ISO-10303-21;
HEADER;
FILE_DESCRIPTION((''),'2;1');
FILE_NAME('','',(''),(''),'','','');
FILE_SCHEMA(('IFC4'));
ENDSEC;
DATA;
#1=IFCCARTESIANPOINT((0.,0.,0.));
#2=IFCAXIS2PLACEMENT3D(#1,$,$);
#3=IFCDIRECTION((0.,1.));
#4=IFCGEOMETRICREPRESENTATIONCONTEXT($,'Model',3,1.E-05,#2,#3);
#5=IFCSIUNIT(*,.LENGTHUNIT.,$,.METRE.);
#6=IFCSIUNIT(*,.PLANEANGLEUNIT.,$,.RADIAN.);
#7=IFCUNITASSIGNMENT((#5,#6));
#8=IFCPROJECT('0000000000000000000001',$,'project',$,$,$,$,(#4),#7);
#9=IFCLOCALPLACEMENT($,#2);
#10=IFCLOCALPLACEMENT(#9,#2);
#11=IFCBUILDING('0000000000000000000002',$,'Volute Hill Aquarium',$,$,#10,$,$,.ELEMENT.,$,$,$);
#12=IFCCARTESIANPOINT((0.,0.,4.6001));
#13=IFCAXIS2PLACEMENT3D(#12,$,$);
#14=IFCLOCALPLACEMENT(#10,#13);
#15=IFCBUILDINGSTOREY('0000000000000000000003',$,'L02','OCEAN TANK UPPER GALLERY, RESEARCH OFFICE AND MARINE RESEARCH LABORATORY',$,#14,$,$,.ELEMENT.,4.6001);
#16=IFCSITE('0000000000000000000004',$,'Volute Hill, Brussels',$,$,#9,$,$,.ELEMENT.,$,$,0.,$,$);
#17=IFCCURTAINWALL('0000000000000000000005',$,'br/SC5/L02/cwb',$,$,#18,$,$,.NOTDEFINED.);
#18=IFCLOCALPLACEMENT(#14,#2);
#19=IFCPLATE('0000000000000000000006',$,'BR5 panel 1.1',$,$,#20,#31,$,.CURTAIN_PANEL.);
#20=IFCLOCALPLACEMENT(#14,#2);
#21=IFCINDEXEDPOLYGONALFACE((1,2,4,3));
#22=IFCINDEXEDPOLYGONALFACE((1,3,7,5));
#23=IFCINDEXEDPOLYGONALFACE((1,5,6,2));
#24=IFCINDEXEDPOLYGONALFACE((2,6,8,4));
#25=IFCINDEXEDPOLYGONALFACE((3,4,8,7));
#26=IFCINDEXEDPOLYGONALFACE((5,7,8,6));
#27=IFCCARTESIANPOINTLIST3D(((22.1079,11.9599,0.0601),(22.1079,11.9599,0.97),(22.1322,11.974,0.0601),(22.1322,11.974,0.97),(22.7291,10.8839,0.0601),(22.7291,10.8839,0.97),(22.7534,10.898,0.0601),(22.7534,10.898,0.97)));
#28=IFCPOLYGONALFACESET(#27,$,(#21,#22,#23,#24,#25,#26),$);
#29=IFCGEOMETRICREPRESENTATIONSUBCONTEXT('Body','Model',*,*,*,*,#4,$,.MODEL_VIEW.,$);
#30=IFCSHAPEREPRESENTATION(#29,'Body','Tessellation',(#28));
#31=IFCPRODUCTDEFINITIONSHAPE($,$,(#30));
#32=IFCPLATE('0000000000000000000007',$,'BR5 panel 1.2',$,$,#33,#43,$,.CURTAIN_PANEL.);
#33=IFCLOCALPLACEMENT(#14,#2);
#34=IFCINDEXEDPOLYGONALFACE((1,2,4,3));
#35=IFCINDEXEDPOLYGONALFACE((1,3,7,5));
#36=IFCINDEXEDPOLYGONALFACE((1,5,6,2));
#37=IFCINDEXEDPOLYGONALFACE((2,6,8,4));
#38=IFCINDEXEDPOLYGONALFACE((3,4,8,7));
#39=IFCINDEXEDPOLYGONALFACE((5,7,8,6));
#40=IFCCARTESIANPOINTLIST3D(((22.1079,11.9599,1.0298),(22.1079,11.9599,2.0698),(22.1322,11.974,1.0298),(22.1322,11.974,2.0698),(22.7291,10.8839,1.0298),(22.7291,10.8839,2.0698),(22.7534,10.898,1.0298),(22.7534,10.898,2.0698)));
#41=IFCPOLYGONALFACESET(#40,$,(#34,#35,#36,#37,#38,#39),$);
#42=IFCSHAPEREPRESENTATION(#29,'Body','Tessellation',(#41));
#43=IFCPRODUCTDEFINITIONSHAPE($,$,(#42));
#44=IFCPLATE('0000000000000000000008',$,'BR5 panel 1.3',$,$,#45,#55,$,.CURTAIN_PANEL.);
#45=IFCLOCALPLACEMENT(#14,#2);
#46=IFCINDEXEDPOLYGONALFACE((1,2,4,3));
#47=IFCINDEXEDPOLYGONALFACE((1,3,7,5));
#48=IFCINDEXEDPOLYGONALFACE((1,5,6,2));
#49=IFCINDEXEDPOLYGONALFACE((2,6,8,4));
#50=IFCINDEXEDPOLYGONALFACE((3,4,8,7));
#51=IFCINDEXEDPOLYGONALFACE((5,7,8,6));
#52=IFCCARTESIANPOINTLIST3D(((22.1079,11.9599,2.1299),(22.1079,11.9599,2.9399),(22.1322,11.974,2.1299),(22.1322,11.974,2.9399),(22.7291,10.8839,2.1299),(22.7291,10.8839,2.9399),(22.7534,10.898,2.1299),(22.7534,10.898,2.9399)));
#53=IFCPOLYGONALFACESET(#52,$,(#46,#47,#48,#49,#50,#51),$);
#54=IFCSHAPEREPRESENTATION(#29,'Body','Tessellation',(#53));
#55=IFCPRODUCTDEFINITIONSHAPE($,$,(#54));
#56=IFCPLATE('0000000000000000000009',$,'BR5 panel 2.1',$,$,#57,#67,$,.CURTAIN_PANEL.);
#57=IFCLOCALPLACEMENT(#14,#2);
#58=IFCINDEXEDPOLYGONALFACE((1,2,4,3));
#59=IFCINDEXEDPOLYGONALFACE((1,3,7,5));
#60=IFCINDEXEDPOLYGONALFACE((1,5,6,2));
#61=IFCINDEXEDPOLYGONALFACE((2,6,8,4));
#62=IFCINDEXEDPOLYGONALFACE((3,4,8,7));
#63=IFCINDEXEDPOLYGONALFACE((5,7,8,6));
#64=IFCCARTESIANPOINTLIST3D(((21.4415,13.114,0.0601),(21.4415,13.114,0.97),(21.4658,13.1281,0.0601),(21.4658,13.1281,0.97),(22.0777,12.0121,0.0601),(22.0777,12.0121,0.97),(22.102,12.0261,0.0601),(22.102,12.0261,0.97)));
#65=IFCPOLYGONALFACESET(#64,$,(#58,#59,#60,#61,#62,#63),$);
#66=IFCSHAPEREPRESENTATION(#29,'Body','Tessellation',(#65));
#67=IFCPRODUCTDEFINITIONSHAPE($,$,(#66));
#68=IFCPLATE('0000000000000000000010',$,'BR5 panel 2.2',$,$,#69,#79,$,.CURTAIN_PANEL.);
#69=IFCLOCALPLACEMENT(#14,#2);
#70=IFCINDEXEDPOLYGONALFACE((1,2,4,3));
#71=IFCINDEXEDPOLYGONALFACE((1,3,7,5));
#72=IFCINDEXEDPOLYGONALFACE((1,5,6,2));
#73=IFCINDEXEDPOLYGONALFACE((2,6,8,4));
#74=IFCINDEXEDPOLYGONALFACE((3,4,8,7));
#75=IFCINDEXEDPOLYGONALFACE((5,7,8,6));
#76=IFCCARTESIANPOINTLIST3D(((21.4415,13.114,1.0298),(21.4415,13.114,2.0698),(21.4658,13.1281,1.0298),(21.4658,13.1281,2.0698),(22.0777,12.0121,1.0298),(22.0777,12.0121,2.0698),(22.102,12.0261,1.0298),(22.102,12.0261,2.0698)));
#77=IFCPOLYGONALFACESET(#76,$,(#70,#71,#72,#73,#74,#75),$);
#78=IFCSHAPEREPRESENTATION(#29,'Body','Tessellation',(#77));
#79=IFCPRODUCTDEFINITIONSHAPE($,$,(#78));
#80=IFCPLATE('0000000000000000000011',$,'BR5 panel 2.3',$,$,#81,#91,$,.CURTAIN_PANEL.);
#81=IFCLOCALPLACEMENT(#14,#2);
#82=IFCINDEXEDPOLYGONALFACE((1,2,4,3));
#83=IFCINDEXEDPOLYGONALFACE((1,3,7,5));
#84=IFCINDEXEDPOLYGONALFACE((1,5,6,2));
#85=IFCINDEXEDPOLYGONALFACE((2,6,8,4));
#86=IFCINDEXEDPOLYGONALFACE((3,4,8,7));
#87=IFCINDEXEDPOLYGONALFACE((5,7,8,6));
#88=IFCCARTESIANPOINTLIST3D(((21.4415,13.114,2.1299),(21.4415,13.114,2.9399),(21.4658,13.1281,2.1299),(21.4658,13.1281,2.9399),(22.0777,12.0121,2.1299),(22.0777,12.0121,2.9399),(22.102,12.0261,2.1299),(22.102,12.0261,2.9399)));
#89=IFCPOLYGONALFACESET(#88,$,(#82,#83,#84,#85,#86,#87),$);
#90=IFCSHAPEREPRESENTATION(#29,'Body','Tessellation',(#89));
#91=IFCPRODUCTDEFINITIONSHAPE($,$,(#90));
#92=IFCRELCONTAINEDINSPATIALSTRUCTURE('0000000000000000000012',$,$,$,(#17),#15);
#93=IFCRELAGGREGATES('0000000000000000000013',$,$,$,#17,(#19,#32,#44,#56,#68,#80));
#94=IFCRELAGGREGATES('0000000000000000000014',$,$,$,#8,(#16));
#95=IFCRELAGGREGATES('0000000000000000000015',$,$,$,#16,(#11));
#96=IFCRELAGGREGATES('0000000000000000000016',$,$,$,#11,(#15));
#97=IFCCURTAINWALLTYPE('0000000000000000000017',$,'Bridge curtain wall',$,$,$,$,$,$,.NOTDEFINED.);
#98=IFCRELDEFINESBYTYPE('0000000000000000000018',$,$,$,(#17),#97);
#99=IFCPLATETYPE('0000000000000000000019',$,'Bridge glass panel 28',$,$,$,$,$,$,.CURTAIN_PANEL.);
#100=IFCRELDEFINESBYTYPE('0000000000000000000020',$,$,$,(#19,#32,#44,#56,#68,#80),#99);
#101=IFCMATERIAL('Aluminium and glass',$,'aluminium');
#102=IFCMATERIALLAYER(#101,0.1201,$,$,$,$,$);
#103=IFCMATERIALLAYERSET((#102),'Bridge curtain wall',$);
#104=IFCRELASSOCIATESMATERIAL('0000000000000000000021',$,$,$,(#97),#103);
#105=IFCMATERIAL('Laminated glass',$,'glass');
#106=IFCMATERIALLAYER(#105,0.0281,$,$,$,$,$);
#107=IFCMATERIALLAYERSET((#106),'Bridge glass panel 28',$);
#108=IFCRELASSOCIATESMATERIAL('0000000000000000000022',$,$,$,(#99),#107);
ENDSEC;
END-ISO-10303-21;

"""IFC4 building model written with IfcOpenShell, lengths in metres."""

from ifc_helpers import new_model, si_unit, direction, frame, origin, origin_2d, place, context, subcontext, project, spatial, rectangle, extrude, material, layer, layer_set, type_object, element, aggregate, save


model = new_model("IFC4")

# Units and contexts
model_context = context("Model", 3, precision=1e-05, world=origin(), true_north=direction((0.0, 1.0)))
body_context = subcontext(model_context, "Body", "Model", "MODEL_VIEW")
ifc_project = project(units=[si_unit("LENGTHUNIT", "METRE"), si_unit("PLANEANGLEUNIT", "RADIAN")], contexts=[model_context])

# Site, building, storey
site_placement = place(None, origin())
site = spatial("IfcSite", under=ifc_project, at=site_placement, Name="Volute Hill, Brussels", CompositionType="ELEMENT", RefElevation=0.0)
building_placement = place(site_placement, origin())
building = spatial("IfcBuilding", under=site, at=building_placement, Name="Volute Hill Aquarium", CompositionType="ELEMENT")
storey_placement = place(building_placement, frame((0.0, 0.0, 4.6001)))
storey = spatial("IfcBuildingStorey", under=building, at=storey_placement, Name="L02", Description="OCEAN TANK UPPER GALLERY, RESEARCH OFFICE AND MARINE RESEARCH LABORATORY", CompositionType="ELEMENT", Elevation=4.6001)

# Shared definitions
ifc_material_1 = material(Name="Aluminium and glass", Category="aluminium")
ifc_layer_1 = layer(ifc_material_1, 0.1201)
ifc_layer_set_1 = layer_set([ifc_layer_1], Name="Bridge curtain wall")
curtain_wall_type = type_object("IfcCurtainWallType", Name="Bridge curtain wall", PredefinedType="NOTDEFINED", material=ifc_layer_set_1)

# Curtain wall
curtain_wall_1_placement = place(storey_placement, origin())
curtain_wall_1 = element("IfcCurtainWall", 1, at=curtain_wall_1_placement, inside=storey, type_object=curtain_wall_type, Name="br/SC5/L02/cwb", PredefinedType="NOTDEFINED")

# Plates
ifc_material_2 = material(Name="Laminated glass", Category="glass")
ifc_layer_2 = layer(ifc_material_2, 0.0281)
ifc_layer_set_2 = layer_set([ifc_layer_2], Name="Bridge glass panel 28")
plate_type = type_object("IfcPlateType", Name="Bridge glass panel 28", PredefinedType="CURTAIN_PANEL", material=ifc_layer_set_2)
plate_1_placement = place(storey_placement, frame((22.4307, 11.429, 0.0601), z_axis=(0.0, 0.0, 1.0), x_axis=(-0.500005, 0.866022, 0.0)))
plate_1 = element("IfcPlate", 2, at=plate_1_placement, type_object=plate_type, Name="BR5 panel 1.1", PredefinedType="CURTAIN_PANEL", context=body_context, shape_type="SweptSolid", body=[
    extrude(rectangle(XDim=1.2424, YDim=0.0281, at=origin_2d()), origin(), (0.0, 0.0, 1.0), 0.9099),
])
plate_2_placement = place(storey_placement, frame((22.4307, 11.429, 1.0298), z_axis=(0.0, 0.0, 1.0), x_axis=(-0.500005, 0.866022, 0.0)))
plate_2 = element("IfcPlate", 3, at=plate_2_placement, type_object=plate_type, Name="BR5 panel 1.2", PredefinedType="CURTAIN_PANEL", context=body_context, shape_type="SweptSolid", body=[
    extrude(rectangle(XDim=1.2424, YDim=0.0281, at=origin_2d()), origin(), (0.0, 0.0, 1.0), 1.04),
])
plate_3_placement = place(storey_placement, frame((22.4307, 11.429, 2.1299), z_axis=(0.0, 0.0, 1.0), x_axis=(-0.500005, 0.866022, 0.0)))
plate_3 = element("IfcPlate", 4, at=plate_3_placement, type_object=plate_type, Name="BR5 panel 1.3", PredefinedType="CURTAIN_PANEL", context=body_context, shape_type="SweptSolid", body=[
    extrude(rectangle(XDim=1.2424, YDim=0.0281, at=origin_2d()), origin(), (0.0, 0.0, 1.0), 0.8101),
])
plate_4_placement = place(storey_placement, frame((21.7717, 12.5701, 0.0601), z_axis=(0.0, 0.0, 1.0), x_axis=(-0.500005, 0.866022, 0.0)))
plate_4 = element("IfcPlate", 5, at=plate_4_placement, type_object=plate_type, Name="BR5 panel 2.1", PredefinedType="CURTAIN_PANEL", context=body_context, shape_type="SweptSolid", body=[
    extrude(rectangle(XDim=1.2725, YDim=0.0281, at=origin_2d()), origin(), (0.0, 0.0, 1.0), 0.9099),
])
plate_5_placement = place(storey_placement, frame((21.7717, 12.5701, 1.0298), z_axis=(0.0, 0.0, 1.0), x_axis=(-0.500005, 0.866022, 0.0)))
plate_5 = element("IfcPlate", 6, at=plate_5_placement, type_object=plate_type, Name="BR5 panel 2.2", PredefinedType="CURTAIN_PANEL", context=body_context, shape_type="SweptSolid", body=[
    extrude(rectangle(XDim=1.2725, YDim=0.0281, at=origin_2d()), origin(), (0.0, 0.0, 1.0), 1.04),
])
plate_6_placement = place(storey_placement, frame((21.7717, 12.5701, 2.1299), z_axis=(0.0, 0.0, 1.0), x_axis=(-0.500005, 0.866022, 0.0)))
plate_6 = element("IfcPlate", 7, at=plate_6_placement, type_object=plate_type, Name="BR5 panel 2.3", PredefinedType="CURTAIN_PANEL", context=body_context, shape_type="SweptSolid", body=[
    extrude(rectangle(XDim=1.2725, YDim=0.0281, at=origin_2d()), origin(), (0.0, 0.0, 1.0), 0.8101),
])
aggregate(curtain_wall_1, [plate_1, plate_2, plate_3, plate_4, plate_5, plate_6])

save(model, "model.ifc")
